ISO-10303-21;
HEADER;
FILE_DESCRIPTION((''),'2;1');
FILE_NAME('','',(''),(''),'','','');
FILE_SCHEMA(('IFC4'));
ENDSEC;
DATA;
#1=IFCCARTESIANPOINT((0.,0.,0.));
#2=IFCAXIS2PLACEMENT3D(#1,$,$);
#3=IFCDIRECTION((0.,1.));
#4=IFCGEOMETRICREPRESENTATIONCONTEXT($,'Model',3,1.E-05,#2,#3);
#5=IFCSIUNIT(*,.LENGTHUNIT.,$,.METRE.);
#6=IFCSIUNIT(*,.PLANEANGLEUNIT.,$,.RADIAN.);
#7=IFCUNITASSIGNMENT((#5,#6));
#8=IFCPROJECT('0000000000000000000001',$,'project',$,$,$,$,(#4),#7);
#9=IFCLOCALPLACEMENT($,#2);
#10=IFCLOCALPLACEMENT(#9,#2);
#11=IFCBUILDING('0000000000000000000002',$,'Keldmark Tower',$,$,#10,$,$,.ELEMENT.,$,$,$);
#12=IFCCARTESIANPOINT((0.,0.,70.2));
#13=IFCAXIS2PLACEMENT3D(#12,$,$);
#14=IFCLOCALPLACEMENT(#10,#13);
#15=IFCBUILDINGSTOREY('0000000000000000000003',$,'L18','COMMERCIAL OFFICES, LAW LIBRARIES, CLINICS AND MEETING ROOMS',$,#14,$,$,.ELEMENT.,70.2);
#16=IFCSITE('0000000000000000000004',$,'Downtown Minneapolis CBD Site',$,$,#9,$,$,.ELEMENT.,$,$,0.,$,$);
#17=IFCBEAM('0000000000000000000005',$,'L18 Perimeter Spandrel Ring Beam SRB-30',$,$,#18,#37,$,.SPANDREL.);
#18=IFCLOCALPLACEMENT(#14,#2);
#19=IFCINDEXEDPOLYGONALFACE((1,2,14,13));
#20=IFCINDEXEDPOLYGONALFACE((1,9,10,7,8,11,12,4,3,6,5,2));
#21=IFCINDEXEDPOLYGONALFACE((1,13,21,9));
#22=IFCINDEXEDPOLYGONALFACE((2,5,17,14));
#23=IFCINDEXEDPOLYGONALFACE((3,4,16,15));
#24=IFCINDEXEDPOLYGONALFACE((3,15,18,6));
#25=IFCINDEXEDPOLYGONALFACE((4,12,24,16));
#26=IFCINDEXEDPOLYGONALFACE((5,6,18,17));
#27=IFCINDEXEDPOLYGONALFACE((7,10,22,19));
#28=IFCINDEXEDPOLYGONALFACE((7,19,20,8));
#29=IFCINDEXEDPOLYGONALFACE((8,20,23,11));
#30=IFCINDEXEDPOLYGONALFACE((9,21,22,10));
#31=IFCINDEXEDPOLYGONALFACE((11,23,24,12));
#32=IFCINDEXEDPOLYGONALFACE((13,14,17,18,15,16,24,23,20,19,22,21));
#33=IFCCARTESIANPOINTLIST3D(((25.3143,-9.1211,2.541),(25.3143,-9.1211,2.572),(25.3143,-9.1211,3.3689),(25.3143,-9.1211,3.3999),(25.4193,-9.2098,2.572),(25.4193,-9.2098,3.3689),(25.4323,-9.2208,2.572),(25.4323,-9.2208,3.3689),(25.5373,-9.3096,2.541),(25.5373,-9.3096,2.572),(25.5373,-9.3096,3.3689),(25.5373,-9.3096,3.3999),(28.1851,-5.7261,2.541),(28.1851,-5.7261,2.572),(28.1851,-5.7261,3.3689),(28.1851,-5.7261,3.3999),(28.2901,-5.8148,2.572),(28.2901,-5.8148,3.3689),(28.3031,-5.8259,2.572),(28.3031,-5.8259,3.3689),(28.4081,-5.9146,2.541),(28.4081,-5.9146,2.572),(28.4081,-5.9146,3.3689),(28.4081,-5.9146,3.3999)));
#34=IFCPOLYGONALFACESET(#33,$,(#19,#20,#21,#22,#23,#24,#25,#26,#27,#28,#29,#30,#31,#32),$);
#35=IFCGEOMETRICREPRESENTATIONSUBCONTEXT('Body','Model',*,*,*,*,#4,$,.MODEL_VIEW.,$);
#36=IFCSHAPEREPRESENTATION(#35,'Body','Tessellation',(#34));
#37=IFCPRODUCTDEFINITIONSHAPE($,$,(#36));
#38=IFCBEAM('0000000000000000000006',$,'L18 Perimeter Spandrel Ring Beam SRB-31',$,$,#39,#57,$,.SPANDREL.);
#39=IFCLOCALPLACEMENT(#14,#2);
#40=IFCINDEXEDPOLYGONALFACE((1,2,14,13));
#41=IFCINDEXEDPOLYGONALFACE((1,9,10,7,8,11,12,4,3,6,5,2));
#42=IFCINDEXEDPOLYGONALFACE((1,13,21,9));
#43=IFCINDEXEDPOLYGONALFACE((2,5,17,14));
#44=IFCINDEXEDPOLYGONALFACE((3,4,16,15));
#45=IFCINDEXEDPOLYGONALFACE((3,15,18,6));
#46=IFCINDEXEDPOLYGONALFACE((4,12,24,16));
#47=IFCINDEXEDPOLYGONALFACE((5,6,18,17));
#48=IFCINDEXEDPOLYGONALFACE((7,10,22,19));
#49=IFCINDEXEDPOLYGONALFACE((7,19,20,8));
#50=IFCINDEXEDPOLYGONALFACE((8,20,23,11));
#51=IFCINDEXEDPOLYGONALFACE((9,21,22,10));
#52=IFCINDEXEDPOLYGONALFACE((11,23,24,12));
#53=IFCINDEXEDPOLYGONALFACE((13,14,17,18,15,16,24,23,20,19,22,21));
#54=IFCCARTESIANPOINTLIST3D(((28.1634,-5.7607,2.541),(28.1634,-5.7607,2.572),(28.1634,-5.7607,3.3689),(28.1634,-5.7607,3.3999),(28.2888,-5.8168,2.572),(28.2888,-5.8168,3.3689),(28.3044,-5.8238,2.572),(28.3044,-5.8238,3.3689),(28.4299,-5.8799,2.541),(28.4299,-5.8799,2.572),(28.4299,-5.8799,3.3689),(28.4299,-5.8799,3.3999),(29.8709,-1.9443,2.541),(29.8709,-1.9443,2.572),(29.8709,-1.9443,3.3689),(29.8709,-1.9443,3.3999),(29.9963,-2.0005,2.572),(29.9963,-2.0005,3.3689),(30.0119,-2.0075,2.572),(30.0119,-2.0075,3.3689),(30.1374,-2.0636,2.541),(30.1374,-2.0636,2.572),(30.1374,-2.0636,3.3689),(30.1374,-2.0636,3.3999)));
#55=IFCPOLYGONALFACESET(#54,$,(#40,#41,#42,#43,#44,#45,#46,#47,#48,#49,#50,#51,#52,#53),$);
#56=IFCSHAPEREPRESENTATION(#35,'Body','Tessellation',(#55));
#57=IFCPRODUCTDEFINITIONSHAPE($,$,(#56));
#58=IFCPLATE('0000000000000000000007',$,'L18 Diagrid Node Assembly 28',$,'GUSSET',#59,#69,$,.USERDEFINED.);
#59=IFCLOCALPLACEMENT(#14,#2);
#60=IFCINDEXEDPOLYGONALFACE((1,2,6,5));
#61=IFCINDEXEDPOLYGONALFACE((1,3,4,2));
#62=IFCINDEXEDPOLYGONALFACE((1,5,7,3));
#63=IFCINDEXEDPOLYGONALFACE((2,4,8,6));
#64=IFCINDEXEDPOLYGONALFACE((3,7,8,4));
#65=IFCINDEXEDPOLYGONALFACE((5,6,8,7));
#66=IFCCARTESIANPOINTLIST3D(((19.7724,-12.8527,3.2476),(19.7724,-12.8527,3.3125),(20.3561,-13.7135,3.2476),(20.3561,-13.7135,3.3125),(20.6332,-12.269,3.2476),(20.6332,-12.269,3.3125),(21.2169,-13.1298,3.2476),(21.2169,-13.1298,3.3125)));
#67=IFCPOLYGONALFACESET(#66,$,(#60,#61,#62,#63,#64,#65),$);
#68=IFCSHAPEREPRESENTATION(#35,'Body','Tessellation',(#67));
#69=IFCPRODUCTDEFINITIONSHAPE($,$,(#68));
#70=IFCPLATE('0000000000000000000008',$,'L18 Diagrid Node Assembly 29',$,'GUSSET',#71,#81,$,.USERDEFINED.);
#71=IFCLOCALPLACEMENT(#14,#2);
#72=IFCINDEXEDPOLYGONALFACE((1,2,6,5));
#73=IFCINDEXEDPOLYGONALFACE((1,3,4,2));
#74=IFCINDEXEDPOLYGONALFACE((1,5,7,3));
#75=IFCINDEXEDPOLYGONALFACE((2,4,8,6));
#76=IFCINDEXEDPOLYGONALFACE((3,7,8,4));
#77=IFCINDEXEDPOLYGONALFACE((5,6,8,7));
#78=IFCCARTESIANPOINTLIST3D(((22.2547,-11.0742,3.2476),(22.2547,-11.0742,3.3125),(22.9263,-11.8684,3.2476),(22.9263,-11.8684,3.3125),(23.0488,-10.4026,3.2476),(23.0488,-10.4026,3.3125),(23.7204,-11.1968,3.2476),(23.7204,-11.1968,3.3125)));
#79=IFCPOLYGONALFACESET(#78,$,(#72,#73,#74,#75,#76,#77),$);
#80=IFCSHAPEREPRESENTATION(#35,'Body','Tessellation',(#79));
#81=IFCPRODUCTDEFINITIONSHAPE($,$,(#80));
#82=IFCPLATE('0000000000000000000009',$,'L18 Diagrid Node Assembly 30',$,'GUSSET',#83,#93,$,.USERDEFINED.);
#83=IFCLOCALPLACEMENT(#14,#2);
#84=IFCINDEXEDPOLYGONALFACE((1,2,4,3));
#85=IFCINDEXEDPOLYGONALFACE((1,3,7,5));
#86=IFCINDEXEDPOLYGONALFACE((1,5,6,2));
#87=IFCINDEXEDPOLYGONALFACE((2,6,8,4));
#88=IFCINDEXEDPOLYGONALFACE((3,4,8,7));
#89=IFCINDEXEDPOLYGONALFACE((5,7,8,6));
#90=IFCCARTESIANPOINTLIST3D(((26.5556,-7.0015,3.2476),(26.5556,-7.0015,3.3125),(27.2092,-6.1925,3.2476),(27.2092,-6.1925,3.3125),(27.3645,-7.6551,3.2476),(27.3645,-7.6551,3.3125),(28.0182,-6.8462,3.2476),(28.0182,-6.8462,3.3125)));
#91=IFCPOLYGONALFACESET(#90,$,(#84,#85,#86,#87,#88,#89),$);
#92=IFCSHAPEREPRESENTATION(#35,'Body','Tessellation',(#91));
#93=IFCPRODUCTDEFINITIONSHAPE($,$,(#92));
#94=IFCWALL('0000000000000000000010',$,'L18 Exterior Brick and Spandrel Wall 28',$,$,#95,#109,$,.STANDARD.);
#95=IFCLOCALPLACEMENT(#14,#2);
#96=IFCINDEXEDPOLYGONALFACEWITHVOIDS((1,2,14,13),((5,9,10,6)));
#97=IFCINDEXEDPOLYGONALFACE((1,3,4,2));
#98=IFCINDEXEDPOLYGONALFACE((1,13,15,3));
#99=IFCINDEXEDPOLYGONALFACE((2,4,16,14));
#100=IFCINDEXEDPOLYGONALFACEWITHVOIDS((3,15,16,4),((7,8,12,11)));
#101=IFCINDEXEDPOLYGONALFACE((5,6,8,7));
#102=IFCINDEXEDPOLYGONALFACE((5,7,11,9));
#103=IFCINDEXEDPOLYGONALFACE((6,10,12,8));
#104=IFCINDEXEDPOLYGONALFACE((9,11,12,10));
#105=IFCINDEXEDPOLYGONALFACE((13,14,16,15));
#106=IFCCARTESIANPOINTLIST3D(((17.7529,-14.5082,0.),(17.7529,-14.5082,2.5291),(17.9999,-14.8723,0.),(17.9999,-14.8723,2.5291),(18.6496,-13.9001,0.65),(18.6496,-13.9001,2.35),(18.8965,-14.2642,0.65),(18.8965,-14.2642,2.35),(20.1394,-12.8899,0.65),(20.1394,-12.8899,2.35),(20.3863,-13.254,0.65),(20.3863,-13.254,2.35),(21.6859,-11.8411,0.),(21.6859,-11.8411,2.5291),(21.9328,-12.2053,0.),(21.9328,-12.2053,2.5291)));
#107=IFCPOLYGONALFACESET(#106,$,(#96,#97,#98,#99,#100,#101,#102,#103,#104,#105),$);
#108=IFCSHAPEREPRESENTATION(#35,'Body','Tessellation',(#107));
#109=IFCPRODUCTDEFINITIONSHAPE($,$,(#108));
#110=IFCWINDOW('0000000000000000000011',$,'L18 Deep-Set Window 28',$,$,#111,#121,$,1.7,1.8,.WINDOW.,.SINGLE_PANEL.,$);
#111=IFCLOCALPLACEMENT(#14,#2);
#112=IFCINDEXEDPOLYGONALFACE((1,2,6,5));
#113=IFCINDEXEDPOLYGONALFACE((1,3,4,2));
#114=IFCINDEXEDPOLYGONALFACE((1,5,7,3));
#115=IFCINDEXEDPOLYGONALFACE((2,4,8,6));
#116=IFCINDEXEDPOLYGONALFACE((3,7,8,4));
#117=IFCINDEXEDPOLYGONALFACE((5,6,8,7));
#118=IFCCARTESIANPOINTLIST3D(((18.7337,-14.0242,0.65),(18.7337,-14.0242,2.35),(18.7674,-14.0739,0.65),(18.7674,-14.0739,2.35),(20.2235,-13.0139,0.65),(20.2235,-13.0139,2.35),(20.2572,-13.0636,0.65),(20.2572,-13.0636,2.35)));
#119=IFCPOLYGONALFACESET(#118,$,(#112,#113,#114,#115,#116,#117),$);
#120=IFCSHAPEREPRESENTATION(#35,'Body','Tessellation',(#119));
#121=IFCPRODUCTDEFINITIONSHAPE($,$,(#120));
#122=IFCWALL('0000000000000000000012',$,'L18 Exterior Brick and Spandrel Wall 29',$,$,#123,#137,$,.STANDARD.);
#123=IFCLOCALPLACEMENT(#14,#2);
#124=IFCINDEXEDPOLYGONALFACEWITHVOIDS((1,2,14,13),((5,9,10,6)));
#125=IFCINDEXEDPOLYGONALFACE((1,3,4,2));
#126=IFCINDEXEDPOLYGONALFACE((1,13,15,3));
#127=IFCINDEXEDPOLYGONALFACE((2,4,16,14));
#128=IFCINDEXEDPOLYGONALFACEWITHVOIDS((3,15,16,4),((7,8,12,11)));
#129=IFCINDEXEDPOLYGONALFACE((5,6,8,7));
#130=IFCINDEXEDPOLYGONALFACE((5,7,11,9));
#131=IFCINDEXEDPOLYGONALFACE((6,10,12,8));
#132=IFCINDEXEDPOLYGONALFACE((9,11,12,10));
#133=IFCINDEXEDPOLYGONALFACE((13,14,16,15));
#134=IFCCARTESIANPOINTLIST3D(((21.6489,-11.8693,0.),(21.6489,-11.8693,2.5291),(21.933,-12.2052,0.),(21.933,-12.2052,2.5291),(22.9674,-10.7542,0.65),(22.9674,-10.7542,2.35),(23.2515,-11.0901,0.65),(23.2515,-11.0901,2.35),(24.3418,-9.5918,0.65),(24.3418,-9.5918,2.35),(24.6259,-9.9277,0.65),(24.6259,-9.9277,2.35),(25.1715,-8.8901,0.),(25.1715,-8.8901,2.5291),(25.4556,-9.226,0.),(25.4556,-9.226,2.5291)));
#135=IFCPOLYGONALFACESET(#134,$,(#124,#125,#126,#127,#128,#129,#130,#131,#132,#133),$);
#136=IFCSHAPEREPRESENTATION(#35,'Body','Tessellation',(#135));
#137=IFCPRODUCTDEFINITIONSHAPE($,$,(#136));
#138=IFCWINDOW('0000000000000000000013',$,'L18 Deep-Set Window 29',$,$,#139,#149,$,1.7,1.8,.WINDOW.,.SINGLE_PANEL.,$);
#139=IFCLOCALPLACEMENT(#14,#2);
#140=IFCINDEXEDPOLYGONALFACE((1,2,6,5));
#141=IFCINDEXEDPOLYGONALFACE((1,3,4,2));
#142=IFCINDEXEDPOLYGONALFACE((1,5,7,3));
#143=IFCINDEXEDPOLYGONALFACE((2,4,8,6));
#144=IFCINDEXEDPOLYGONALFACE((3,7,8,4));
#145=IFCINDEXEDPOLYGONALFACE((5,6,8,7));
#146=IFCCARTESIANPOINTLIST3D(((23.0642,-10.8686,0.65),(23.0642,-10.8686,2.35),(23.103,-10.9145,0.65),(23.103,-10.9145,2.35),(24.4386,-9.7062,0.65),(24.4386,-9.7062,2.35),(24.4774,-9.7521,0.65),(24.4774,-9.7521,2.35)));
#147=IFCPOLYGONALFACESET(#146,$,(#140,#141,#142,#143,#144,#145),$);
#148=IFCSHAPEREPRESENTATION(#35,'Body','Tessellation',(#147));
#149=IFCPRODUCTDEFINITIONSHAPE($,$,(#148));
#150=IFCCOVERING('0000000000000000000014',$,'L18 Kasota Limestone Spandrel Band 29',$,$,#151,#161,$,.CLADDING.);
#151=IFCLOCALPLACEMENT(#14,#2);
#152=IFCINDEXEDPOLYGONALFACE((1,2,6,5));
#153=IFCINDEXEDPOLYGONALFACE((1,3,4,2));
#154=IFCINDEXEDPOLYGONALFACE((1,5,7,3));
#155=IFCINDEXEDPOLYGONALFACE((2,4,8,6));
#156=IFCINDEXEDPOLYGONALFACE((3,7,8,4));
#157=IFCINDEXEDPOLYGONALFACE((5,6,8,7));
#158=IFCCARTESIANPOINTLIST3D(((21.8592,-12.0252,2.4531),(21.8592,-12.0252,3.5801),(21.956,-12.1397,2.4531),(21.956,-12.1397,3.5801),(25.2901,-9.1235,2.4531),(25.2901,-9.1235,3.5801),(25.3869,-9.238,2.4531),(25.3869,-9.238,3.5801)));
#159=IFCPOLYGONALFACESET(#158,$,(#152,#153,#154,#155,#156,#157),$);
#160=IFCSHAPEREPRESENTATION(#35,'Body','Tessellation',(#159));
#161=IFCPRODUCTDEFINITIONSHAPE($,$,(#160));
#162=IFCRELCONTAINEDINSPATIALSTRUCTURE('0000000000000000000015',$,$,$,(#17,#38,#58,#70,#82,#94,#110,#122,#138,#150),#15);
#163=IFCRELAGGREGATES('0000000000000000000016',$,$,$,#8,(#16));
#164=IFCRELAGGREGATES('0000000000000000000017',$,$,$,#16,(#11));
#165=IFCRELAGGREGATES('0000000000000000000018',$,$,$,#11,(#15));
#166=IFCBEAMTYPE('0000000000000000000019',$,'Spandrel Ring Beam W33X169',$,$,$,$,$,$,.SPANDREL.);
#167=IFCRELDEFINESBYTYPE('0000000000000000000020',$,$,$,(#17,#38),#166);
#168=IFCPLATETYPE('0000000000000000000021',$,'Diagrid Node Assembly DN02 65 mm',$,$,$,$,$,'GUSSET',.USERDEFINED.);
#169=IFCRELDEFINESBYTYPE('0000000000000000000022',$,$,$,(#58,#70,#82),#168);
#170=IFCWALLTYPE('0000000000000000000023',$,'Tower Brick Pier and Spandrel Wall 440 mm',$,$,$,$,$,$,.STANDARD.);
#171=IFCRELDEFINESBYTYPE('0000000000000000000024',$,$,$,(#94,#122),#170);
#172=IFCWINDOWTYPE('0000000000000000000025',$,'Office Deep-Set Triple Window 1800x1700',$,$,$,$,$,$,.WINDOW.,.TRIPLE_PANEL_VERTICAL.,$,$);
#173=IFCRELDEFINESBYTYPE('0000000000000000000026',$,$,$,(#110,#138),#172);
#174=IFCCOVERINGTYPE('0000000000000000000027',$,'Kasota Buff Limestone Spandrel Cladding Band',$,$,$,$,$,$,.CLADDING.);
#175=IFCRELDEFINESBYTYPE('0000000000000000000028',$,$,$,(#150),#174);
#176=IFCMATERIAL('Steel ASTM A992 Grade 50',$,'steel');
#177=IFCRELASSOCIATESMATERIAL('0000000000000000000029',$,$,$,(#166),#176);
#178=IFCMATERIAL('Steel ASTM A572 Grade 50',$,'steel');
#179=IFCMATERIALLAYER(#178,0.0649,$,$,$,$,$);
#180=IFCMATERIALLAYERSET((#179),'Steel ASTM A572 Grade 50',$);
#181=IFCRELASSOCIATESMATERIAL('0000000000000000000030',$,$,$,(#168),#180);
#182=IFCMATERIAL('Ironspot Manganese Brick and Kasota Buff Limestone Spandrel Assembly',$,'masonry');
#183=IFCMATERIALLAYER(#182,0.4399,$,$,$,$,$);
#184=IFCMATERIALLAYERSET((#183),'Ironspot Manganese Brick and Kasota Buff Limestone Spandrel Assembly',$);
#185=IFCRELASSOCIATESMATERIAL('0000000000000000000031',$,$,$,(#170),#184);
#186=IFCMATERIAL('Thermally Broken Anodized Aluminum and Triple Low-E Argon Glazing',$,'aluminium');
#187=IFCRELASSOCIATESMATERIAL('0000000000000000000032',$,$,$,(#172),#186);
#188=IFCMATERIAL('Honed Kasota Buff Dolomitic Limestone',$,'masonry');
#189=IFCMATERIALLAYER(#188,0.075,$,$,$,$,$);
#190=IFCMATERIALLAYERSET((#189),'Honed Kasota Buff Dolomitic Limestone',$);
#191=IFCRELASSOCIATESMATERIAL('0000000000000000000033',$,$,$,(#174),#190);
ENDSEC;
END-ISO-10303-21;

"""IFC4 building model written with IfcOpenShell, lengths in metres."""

from ifc_helpers import new_model, si_unit, direction, frame, frame_2d, origin, origin_2d, place, context, subcontext, project, spatial, rectangle, i_section, extrude, material, layer, layer_set, material_profile, profile_set, type_object, element, fill, save


model = new_model("IFC4")

# Units and contexts
model_context = context("Model", 3, precision=1e-05, world=origin(), true_north=direction((0.0, 1.0)))
body_context = subcontext(model_context, "Body", "Model", "MODEL_VIEW")
ifc_project = project(units=[si_unit("LENGTHUNIT", "METRE"), si_unit("PLANEANGLEUNIT", "RADIAN")], contexts=[model_context])

# Site, building, storey
site_placement = place(None, origin())
site = spatial("IfcSite", under=ifc_project, at=site_placement, Name="Downtown Minneapolis CBD Site", CompositionType="ELEMENT", RefElevation=0.0)
building_placement = place(site_placement, origin())
building = spatial("IfcBuilding", under=site, at=building_placement, Name="Keldmark Tower", CompositionType="ELEMENT")
storey_placement = place(building_placement, frame((0.0, 0.0, 70.2)))
storey = spatial("IfcBuildingStorey", under=building, at=storey_placement, Name="L18", Description="COMMERCIAL OFFICES, LAW LIBRARIES, CLINICS AND MEETING ROOMS", CompositionType="ELEMENT", Elevation=70.2)

# Beams
ifc_material_1 = material(Name="Steel ASTM A992 Grade 50", Category="steel")
ifc_material_profile_1 = material_profile(ifc_material_1, i_section(OverallWidth=0.292, OverallDepth=0.8589, WebThickness=0.0171, FlangeThickness=0.031, at=origin_2d()), Name="W33X169")
ifc_profile_set_1 = profile_set([ifc_material_profile_1], Name="Steel ASTM A992 Grade 50")
beam_type_1 = type_object("IfcBeamType", Name="Spandrel Ring Beam W33X169", PredefinedType="SPANDREL", material=ifc_profile_set_1)
beam_1_placement = place(storey_placement, frame((25.4258, -9.2153, 2.9705), z_axis=(0.645699, 0.763592, 0.0), x_axis=(-0.763592, 0.645699, 0.0)))
element("IfcBeam", 1, at=beam_1_placement, inside=storey, type_object=beam_type_1, Name="L18 Perimeter Spandrel Ring Beam SRB-30", PredefinedType="SPANDREL", context=body_context, shape_type="SweptSolid", body=[
    extrude(i_section(OverallWidth=0.292, OverallDepth=0.8589, WebThickness=0.0171, FlangeThickness=0.031, at=origin_2d()), origin(), (0.0, 0.0, 1.0), 4.446),
])
beam_2_placement = place(storey_placement, frame((28.2966, -5.8203, 2.9705), z_axis=(0.408402, 0.912802, 0.0), x_axis=(-0.912802, 0.408402, 0.0)))
element("IfcBeam", 2, at=beam_2_placement, inside=storey, type_object=beam_type_1, Name="L18 Perimeter Spandrel Ring Beam SRB-31", PredefinedType="SPANDREL", context=body_context, shape_type="SweptSolid", body=[
    extrude(i_section(OverallWidth=0.292, OverallDepth=0.8589, WebThickness=0.0171, FlangeThickness=0.031, at=origin_2d()), origin(), (0.0, 0.0, 1.0), 4.1809),
])

# Plates
ifc_material_2 = material(Name="Steel ASTM A572 Grade 50", Category="steel")
ifc_layer_1 = layer(ifc_material_2, 0.0649)
ifc_layer_set_1 = layer_set([ifc_layer_1], Name="Steel ASTM A572 Grade 50")
plate_type = type_object("IfcPlateType", Name="Diagrid Node Assembly DN02 65 mm", ElementType="GUSSET", PredefinedType="USERDEFINED", material=ifc_layer_set_1)
for number, where, z_axis, x_axis, name in (
    (3, (20.4946, -12.9912, 3.2476), (0.0, 0.0, 1.0), (0.827669, 0.561217, 0.0), "L18 Diagrid Node Assembly 28"),
    (4, (22.9875, -11.1355, 3.2476), (0.0, 0.0, 1.0), (0.763571, 0.645724, 0.0), "L18 Diagrid Node Assembly 29"),
    (5, (27.2869, -6.9238, 3.2476), (0.0, 0.0, 1.0), (0.628506, 0.777805, 0.0), "L18 Diagrid Node Assembly 30"),
):
    element("IfcPlate", number, at=place(storey_placement, frame(where, z_axis=z_axis, x_axis=x_axis)), inside=storey, type_object=plate_type, Name=name, ObjectType="GUSSET", PredefinedType="USERDEFINED", context=body_context, shape_type="SweptSolid", body=[
        extrude(rectangle(XDim=1.04, YDim=1.04, at=origin_2d()), origin(), (0.0, 0.0, 1.0), 0.0649),
    ])

# Walls, openings, windows
ifc_material_3 = material(Name="Ironspot Manganese Brick and Kasota Buff Limestone Spandrel Assembly", Category="masonry")
ifc_layer_2 = layer(ifc_material_3, 0.4399)
ifc_layer_set_2 = layer_set([ifc_layer_2], Name="Ironspot Manganese Brick and Kasota Buff Limestone Spandrel Assembly")
wall_type = type_object("IfcWallType", Name="Tower Brick Pier and Spandrel Wall 440 mm", PredefinedType="STANDARD", material=ifc_layer_set_2)
wall_1_placement = place(storey_placement, frame((21.8093, -12.0232, 0.0), z_axis=(0.0, 0.0, 1.0), x_axis=(-0.827645, -0.561251, 0.0)))
wall_1 = element("IfcWall", 6, at=wall_1_placement, inside=storey, type_object=wall_type, Name="L18 Exterior Brick and Spandrel Wall 28", PredefinedType="STANDARD", context=body_context, shape_type="SweptSolid", body=[
    extrude(rectangle(XDim=4.752, YDim=0.4399, at=frame_2d((2.376, 0.0))), origin(), (0.0, 0.0, 1.0), 2.5291),
])
opening_1_placement = place(wall_1_placement, frame((1.8687, 0.0, 0.6499)))
opening_1 = element("IfcOpeningElement", 7, at=opening_1_placement, cuts=wall_1, PredefinedType="OPENING", context=body_context, shape_type="SweptSolid", body=[
    extrude(rectangle(XDim=1.8, YDim=1.7, at=frame_2d((0.8999, 0.8501))), frame((0.0, 0.23, 0.0), z_axis=(0.0, -1.0, 0.0), x_axis=(1.0, 0.0, 0.0)), (0.0, 0.0, 1.0), 0.46),
])
ifc_material_4 = material(Name="Thermally Broken Anodized Aluminum and Triple Low-E Argon Glazing", Category="aluminium")
window_type = type_object("IfcWindowType", Name="Office Deep-Set Triple Window 1800x1700", PartitioningType="TRIPLE_PANEL_VERTICAL", PredefinedType="WINDOW", material=ifc_material_4)
window_1_placement = place(opening_1_placement, origin())
window_1 = element("IfcWindow", 8, at=window_1_placement, inside=storey, type_object=window_type, Name="L18 Deep-Set Window 28", OverallHeight=1.7, OverallWidth=1.8, PartitioningType="SINGLE_PANEL", PredefinedType="WINDOW", context=body_context, shape_type="SweptSolid", body=[
    extrude(rectangle(XDim=1.8, YDim=1.7, at=frame_2d((0.8999, 0.8501))), frame((0.0, -0.01, 0.0), z_axis=(0.0, -1.0, 0.0), x_axis=(1.0, 0.0, 0.0)), (0.0, 0.0, 1.0), 0.0601),
])
fill(opening_1, window_1)
wall_2_placement = place(storey_placement, frame((25.3135, -9.0581, 0.0), z_axis=(0.0, 0.0, 1.0), x_axis=(-0.763547, -0.645752, 0.0)))
wall_2 = element("IfcWall", 9, at=wall_2_placement, inside=storey, type_object=wall_type, Name="L18 Exterior Brick and Spandrel Wall 29", PredefinedType="STANDARD", context=body_context, shape_type="SweptSolid", body=[
    extrude(rectangle(XDim=4.6135, YDim=0.4399, at=frame_2d((2.3066, 0.0))), origin(), (0.0, 0.0, 1.0), 2.5291),
])
opening_2_placement = place(wall_2_placement, frame((1.0867, 0.0, 0.6499)))
opening_2 = element("IfcOpeningElement", 10, at=opening_2_placement, cuts=wall_2, PredefinedType="OPENING", context=body_context, shape_type="SweptSolid", body=[
    extrude(rectangle(XDim=1.8, YDim=1.7, at=frame_2d((0.8999, 0.8501))), frame((0.0, 0.23, 0.0), z_axis=(0.0, -1.0, 0.0), x_axis=(1.0, 0.0, 0.0)), (0.0, 0.0, 1.0), 0.46),
])
window_2_placement = place(opening_2_placement, origin())
window_2 = element("IfcWindow", 11, at=window_2_placement, inside=storey, type_object=window_type, Name="L18 Deep-Set Window 29", OverallHeight=1.7, OverallWidth=1.8, PartitioningType="SINGLE_PANEL", PredefinedType="WINDOW", context=body_context, shape_type="SweptSolid", body=[
    extrude(rectangle(XDim=1.8, YDim=1.7, at=frame_2d((0.8999, 0.8501))), frame((0.0, -0.01, 0.0), z_axis=(0.0, -1.0, 0.0), x_axis=(1.0, 0.0, 0.0)), (0.0, 0.0, 1.0), 0.0601),
])
fill(opening_2, window_2)

# Covering
ifc_material_5 = material(Name="Honed Kasota Buff Dolomitic Limestone", Category="masonry")
ifc_layer_3 = layer(ifc_material_5, 0.075)
ifc_layer_set_3 = layer_set([ifc_layer_3], Name="Honed Kasota Buff Dolomitic Limestone")
covering_type = type_object("IfcCoveringType", Name="Kasota Buff Limestone Spandrel Cladding Band", PredefinedType="CLADDING", material=ifc_layer_set_3)
covering_placement = place(storey_placement, frame((23.623, -10.6316, 2.4531), z_axis=(0.0, 0.0, 1.0), x_axis=(0.763537, 0.645764, 0.0)))
element("IfcCovering", 12, at=covering_placement, inside=storey, type_object=covering_type, Name="L18 Kasota Limestone Spandrel Band 29", PredefinedType="CLADDING", context=body_context, shape_type="SweptSolid", body=[
    extrude(rectangle(XDim=4.4934, YDim=0.1499, at=origin_2d()), origin(), (0.0, 0.0, 1.0), 1.127),
])

save(model, "model.ifc")
